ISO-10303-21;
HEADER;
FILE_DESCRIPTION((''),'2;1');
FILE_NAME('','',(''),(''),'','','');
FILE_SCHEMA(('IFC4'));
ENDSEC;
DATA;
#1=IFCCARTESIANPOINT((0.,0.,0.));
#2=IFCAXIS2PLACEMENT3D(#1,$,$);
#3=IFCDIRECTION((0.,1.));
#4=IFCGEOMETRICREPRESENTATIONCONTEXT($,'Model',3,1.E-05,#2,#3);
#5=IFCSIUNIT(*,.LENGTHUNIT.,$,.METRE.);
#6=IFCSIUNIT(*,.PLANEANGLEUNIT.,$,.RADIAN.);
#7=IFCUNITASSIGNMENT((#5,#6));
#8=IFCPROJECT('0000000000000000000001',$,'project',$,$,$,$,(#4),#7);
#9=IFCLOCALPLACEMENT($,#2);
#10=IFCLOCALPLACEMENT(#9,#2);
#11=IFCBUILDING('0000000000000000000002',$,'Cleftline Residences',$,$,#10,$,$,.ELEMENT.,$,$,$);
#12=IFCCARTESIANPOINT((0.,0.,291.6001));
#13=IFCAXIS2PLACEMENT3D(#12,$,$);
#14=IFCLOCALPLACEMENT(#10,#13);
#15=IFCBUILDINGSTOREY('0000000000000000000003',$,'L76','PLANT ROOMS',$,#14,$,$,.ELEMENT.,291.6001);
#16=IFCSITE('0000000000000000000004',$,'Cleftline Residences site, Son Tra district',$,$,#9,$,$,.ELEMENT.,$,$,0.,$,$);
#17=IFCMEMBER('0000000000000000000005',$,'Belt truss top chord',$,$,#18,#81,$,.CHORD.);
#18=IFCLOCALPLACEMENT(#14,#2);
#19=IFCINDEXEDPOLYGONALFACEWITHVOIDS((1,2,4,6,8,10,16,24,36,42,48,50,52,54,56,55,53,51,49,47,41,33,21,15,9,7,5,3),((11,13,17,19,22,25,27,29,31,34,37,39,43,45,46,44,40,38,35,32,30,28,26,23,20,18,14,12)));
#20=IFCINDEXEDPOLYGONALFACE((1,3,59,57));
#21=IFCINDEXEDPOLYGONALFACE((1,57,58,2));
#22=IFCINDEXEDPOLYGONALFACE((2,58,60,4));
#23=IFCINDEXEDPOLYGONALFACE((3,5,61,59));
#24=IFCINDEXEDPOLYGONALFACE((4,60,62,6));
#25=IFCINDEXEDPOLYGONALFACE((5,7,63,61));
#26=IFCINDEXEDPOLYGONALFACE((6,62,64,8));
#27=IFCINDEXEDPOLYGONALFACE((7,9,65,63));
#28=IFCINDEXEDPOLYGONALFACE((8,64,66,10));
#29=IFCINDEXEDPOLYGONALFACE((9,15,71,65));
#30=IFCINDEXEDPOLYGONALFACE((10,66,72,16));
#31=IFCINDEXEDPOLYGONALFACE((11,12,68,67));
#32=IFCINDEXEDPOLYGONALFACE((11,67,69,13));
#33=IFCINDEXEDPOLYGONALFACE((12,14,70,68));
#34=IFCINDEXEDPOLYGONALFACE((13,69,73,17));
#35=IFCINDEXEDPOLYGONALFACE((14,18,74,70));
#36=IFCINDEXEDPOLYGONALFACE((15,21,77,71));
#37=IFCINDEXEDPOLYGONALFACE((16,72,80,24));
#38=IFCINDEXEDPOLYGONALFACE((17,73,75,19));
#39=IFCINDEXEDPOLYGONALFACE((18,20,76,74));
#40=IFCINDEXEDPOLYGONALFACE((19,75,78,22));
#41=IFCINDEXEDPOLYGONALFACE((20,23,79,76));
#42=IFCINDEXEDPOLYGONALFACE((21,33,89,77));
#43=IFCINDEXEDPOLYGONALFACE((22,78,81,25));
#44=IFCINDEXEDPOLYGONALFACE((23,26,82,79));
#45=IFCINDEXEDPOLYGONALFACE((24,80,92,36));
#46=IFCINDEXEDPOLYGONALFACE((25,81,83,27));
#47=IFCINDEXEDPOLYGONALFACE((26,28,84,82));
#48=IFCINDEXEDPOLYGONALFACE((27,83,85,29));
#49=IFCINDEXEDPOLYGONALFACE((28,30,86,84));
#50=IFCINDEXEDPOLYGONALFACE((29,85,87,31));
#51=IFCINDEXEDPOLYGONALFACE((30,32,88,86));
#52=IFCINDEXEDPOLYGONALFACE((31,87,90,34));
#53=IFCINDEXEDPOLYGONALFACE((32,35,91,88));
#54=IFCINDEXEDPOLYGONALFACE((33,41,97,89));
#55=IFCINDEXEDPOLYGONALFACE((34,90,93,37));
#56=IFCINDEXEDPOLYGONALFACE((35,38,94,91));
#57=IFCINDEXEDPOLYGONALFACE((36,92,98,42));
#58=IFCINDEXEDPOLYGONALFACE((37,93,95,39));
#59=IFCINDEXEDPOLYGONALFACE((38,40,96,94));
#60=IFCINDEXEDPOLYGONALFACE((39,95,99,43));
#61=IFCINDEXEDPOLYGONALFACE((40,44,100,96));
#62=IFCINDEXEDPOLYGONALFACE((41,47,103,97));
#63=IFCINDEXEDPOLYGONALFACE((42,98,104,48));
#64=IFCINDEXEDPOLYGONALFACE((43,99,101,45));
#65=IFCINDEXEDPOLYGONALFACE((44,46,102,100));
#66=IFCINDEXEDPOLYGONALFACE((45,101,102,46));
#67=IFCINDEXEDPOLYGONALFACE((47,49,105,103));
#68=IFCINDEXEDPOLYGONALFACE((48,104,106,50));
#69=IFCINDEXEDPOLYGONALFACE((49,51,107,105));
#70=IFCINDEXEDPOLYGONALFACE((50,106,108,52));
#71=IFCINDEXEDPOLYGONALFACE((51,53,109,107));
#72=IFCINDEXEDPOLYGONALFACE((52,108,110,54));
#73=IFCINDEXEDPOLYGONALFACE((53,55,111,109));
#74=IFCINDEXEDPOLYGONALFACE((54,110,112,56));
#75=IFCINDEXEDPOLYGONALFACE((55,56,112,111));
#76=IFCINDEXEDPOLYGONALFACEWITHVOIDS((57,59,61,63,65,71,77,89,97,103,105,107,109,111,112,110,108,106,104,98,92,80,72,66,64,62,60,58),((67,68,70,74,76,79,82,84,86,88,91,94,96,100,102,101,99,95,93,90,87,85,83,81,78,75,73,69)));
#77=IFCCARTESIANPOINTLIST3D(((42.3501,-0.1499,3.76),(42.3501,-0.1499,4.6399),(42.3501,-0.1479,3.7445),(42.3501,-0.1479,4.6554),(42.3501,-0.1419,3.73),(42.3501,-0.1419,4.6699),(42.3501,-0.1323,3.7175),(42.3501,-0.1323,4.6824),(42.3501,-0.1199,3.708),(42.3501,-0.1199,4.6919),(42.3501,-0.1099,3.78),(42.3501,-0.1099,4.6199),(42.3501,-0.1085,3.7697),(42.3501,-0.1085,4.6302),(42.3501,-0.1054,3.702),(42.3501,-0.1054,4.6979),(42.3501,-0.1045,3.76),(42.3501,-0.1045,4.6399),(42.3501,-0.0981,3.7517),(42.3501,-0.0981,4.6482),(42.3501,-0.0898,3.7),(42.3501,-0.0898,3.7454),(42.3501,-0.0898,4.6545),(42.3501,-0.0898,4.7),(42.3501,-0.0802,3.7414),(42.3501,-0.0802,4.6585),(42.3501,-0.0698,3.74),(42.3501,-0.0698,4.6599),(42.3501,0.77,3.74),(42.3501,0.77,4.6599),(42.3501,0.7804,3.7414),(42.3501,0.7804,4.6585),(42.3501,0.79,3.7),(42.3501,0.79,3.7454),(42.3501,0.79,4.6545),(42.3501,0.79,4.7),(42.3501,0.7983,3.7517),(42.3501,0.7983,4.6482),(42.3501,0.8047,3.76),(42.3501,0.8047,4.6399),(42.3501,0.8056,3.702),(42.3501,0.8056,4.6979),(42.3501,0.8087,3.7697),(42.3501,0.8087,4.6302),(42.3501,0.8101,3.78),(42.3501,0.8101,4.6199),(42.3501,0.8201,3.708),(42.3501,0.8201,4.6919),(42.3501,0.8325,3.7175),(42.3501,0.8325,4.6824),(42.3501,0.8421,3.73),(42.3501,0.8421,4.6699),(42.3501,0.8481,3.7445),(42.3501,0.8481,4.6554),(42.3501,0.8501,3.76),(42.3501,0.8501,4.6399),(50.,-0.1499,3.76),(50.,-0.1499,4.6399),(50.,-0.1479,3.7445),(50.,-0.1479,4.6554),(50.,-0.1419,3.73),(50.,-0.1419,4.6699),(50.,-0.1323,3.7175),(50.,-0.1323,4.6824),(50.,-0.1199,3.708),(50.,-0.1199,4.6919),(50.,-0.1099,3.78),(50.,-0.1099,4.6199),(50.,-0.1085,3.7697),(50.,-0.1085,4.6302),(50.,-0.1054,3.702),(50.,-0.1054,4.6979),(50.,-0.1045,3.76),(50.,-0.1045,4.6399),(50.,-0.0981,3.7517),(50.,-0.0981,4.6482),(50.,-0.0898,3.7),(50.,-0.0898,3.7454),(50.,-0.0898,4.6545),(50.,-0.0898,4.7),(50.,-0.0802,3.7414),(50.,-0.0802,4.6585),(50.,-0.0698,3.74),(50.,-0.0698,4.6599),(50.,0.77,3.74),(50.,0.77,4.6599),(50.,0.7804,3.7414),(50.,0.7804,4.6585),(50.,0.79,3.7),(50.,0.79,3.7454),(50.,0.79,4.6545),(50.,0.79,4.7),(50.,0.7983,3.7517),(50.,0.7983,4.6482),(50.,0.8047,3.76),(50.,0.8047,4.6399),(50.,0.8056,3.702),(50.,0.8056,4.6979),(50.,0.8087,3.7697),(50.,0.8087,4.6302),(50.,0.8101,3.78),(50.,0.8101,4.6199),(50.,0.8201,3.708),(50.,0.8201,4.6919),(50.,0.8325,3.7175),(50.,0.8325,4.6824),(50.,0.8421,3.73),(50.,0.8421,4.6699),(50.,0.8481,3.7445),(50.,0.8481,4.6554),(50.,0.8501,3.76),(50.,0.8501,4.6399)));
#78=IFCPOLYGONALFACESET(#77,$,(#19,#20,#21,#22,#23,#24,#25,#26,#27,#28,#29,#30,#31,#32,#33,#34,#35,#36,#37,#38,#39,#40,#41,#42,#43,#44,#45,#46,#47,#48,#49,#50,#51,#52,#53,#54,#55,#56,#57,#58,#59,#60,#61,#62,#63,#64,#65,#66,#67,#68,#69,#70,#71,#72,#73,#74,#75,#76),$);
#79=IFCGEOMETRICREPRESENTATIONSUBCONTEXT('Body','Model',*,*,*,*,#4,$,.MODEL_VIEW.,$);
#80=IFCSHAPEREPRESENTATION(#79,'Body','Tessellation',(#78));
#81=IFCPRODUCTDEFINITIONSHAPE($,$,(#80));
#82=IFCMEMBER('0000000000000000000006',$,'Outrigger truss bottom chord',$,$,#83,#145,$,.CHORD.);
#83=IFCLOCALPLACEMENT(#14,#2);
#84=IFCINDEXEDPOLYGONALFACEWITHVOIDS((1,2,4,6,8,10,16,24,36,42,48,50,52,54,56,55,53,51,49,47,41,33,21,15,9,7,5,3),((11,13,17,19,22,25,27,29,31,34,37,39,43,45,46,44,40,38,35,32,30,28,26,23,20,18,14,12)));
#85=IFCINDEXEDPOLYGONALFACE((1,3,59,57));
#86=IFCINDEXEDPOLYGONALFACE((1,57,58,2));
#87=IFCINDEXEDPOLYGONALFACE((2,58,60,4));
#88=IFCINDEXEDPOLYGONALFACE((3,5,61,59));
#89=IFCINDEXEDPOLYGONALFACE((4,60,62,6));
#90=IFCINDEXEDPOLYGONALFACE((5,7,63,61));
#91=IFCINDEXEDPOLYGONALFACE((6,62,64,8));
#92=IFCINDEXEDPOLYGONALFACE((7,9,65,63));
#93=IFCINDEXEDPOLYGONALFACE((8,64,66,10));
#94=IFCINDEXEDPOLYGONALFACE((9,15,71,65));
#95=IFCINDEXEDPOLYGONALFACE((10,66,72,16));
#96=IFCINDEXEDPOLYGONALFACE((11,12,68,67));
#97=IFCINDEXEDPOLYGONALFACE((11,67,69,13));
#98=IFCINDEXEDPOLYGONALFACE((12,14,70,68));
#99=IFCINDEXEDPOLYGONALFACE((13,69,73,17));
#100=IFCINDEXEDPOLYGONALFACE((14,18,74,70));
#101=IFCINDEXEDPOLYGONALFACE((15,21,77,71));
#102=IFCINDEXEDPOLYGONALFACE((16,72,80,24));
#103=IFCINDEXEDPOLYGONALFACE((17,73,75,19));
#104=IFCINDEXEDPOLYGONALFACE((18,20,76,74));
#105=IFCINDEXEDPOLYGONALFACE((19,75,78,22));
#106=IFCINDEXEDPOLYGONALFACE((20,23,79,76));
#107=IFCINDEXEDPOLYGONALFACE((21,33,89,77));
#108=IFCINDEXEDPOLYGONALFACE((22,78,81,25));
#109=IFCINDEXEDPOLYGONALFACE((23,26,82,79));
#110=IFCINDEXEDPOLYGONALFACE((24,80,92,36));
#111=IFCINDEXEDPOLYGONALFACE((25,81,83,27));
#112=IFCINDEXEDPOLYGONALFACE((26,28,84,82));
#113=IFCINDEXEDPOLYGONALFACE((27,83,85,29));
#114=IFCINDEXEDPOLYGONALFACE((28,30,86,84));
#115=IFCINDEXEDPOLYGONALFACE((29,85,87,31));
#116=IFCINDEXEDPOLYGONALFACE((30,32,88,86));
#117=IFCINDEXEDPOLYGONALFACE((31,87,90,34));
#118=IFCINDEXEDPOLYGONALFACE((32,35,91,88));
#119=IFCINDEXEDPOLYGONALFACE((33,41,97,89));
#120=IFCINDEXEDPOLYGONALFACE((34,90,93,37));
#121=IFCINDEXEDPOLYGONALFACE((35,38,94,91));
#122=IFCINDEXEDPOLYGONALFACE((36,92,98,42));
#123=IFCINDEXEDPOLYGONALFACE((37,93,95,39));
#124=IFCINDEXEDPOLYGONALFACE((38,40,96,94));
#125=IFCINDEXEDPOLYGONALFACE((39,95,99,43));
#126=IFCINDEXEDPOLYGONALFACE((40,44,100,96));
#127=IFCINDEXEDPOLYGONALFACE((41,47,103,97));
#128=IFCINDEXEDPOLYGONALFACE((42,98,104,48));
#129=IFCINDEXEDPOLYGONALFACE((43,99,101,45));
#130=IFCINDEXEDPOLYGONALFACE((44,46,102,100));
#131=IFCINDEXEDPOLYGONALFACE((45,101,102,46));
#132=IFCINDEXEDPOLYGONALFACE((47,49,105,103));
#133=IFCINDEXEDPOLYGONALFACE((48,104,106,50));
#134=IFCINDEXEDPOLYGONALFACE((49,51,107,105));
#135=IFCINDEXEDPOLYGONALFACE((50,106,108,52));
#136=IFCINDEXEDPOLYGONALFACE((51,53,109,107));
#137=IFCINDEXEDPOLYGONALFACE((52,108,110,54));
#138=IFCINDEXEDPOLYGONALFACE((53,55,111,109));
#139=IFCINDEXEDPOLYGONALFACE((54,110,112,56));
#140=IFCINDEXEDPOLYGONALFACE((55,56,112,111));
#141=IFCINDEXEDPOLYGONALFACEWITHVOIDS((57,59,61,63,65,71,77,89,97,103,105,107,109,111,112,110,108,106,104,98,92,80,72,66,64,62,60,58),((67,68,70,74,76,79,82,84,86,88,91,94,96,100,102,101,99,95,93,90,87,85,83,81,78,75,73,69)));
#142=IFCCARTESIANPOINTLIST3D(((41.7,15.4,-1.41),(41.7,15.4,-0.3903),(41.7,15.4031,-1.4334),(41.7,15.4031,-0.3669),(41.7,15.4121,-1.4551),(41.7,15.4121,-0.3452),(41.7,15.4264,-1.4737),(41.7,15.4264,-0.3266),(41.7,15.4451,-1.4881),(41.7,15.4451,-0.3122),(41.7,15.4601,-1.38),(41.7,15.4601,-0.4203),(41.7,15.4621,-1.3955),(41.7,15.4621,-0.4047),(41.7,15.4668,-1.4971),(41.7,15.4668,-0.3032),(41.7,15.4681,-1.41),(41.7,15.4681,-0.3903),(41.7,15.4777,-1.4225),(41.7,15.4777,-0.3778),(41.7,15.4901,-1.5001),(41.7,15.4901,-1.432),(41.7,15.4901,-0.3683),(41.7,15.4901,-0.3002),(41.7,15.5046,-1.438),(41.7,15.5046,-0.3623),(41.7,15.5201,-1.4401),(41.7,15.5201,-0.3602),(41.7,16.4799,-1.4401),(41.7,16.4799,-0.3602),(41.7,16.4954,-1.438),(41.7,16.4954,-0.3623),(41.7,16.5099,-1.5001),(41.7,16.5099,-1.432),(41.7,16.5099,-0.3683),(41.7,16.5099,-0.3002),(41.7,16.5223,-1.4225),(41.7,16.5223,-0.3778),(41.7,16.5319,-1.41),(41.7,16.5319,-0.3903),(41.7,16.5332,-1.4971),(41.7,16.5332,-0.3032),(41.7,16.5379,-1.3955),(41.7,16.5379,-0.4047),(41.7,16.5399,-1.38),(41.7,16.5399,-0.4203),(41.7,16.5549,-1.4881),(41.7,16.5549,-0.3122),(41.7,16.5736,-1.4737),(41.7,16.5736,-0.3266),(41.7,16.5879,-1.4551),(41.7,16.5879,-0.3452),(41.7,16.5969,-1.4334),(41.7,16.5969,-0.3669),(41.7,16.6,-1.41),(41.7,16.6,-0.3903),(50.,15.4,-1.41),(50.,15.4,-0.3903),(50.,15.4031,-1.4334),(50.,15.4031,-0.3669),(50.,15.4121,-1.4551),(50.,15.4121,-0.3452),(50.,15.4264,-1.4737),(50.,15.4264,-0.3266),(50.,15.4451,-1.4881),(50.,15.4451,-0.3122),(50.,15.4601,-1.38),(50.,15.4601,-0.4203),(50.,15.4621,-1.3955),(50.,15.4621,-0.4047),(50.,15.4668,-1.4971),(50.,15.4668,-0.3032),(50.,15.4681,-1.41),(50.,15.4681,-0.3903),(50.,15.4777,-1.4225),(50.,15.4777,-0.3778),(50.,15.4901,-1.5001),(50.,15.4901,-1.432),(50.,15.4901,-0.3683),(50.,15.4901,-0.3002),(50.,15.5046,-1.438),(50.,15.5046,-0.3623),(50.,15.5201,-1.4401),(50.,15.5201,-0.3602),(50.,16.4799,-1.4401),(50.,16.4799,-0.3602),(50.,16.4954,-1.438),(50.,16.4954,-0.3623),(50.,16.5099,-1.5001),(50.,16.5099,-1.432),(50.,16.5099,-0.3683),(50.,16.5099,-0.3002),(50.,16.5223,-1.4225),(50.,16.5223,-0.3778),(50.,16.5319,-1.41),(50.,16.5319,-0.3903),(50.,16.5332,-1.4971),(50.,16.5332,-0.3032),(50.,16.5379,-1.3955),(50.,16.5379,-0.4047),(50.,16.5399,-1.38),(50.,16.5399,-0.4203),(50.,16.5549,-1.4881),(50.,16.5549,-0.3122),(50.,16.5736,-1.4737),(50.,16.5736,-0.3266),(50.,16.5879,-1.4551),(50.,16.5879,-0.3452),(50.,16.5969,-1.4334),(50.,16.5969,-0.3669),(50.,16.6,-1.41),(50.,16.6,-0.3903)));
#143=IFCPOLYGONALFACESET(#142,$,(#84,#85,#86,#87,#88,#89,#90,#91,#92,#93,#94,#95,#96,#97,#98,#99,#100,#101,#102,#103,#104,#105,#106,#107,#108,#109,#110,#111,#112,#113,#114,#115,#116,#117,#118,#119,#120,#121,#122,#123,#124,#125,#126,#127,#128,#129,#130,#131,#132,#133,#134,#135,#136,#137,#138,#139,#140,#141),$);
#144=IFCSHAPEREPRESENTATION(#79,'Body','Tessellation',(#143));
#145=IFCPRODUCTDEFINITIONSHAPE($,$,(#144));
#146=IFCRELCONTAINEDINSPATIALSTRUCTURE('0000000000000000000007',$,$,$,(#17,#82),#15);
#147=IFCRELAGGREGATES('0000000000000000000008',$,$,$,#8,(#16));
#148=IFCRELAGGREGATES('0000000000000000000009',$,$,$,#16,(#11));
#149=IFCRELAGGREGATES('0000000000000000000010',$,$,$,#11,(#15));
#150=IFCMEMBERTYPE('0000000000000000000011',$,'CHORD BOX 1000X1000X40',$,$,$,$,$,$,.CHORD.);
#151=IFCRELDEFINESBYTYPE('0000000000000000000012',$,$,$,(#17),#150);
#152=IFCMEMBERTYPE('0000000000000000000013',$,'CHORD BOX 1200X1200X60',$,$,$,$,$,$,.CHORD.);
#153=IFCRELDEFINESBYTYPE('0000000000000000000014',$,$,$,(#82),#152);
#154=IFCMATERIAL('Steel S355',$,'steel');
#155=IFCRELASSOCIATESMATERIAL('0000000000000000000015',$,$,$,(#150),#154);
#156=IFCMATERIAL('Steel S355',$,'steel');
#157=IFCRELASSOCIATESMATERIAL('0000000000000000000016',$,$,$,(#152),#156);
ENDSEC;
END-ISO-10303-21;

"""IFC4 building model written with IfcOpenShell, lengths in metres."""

from ifc_helpers import new_model, si_unit, direction, frame, origin, origin_2d, place, context, subcontext, project, spatial, hollow_rectangle, extrude, material, material_profile, profile_set, type_object, element, save


model = new_model("IFC4")

# Units and contexts
model_context = context("Model", 3, precision=1e-05, world=origin(), true_north=direction((0.0, 1.0)))
body_context = subcontext(model_context, "Body", "Model", "MODEL_VIEW")
ifc_project = project(units=[si_unit("LENGTHUNIT", "METRE"), si_unit("PLANEANGLEUNIT", "RADIAN")], contexts=[model_context])

# Site, building, storey
site_placement = place(None, origin())
site = spatial("IfcSite", under=ifc_project, at=site_placement, Name="Cleftline Residences site, Son Tra district", CompositionType="ELEMENT", RefElevation=0.0)
building_placement = place(site_placement, origin())
building = spatial("IfcBuilding", under=site, at=building_placement, Name="Cleftline Residences", CompositionType="ELEMENT")
storey_placement = place(building_placement, frame((0.0, 0.0, 291.6001)))
storey = spatial("IfcBuildingStorey", under=building, at=storey_placement, Name="L76", Description="PLANT ROOMS", CompositionType="ELEMENT", Elevation=291.6001)

# Members
ifc_material_1 = material(Name="Steel S355", Category="steel")
ifc_material_profile_1 = material_profile(ifc_material_1, hollow_rectangle(XDim=1.0, YDim=1.0, WallThickness=0.04, InnerFilletRadius=0.04, OuterFilletRadius=0.0601, at=origin_2d()))
ifc_profile_set_1 = profile_set([ifc_material_profile_1], Name="Steel S355")
member_type_1 = type_object("IfcMemberType", Name="CHORD BOX 1000X1000X40", PredefinedType="CHORD", material=ifc_profile_set_1)
for number, where, z_axis, x_axis, name in (
    (1, (42.3501, 0.3501, 4.2), (1.0, 0.0, 0.0), (0.0, 1.0, 0.0), "Belt truss top chord"),
):
    element("IfcMember", number, at=place(storey_placement, frame(where, z_axis=z_axis, x_axis=x_axis)), inside=storey, type_object=member_type_1, Name=name, PredefinedType="CHORD", context=body_context, shape_type="SweptSolid", body=[
        extrude(hollow_rectangle(XDim=1.0, YDim=1.0, WallThickness=0.04, InnerFilletRadius=0.04, OuterFilletRadius=0.0601, at=origin_2d()), origin(), (0.0, 0.0, 1.0), 7.6499),
    ])
ifc_material_2 = material(Name="Steel S355", Category="steel")
ifc_material_profile_2 = material_profile(ifc_material_2, hollow_rectangle(XDim=1.2, YDim=1.2, WallThickness=0.0601, InnerFilletRadius=0.0601, OuterFilletRadius=0.0901, at=origin_2d()))
ifc_profile_set_2 = profile_set([ifc_material_profile_2], Name="Steel S355")
member_type_2 = type_object("IfcMemberType", Name="CHORD BOX 1200X1200X60", PredefinedType="CHORD", material=ifc_profile_set_2)
for number, where, z_axis, x_axis, name in (
    (2, (41.7, 16.0, -0.9001), (1.0, 0.0, 0.0), (0.0, 1.0, 0.0), "Outrigger truss bottom chord"),
):
    element("IfcMember", number, at=place(storey_placement, frame(where, z_axis=z_axis, x_axis=x_axis)), inside=storey, type_object=member_type_2, Name=name, PredefinedType="CHORD", context=body_context, shape_type="SweptSolid", body=[
        extrude(hollow_rectangle(XDim=1.2, YDim=1.2, WallThickness=0.0601, InnerFilletRadius=0.0601, OuterFilletRadius=0.0901, at=origin_2d()), origin(), (0.0, 0.0, 1.0), 8.3),
    ])

save(model, "model.ifc")
